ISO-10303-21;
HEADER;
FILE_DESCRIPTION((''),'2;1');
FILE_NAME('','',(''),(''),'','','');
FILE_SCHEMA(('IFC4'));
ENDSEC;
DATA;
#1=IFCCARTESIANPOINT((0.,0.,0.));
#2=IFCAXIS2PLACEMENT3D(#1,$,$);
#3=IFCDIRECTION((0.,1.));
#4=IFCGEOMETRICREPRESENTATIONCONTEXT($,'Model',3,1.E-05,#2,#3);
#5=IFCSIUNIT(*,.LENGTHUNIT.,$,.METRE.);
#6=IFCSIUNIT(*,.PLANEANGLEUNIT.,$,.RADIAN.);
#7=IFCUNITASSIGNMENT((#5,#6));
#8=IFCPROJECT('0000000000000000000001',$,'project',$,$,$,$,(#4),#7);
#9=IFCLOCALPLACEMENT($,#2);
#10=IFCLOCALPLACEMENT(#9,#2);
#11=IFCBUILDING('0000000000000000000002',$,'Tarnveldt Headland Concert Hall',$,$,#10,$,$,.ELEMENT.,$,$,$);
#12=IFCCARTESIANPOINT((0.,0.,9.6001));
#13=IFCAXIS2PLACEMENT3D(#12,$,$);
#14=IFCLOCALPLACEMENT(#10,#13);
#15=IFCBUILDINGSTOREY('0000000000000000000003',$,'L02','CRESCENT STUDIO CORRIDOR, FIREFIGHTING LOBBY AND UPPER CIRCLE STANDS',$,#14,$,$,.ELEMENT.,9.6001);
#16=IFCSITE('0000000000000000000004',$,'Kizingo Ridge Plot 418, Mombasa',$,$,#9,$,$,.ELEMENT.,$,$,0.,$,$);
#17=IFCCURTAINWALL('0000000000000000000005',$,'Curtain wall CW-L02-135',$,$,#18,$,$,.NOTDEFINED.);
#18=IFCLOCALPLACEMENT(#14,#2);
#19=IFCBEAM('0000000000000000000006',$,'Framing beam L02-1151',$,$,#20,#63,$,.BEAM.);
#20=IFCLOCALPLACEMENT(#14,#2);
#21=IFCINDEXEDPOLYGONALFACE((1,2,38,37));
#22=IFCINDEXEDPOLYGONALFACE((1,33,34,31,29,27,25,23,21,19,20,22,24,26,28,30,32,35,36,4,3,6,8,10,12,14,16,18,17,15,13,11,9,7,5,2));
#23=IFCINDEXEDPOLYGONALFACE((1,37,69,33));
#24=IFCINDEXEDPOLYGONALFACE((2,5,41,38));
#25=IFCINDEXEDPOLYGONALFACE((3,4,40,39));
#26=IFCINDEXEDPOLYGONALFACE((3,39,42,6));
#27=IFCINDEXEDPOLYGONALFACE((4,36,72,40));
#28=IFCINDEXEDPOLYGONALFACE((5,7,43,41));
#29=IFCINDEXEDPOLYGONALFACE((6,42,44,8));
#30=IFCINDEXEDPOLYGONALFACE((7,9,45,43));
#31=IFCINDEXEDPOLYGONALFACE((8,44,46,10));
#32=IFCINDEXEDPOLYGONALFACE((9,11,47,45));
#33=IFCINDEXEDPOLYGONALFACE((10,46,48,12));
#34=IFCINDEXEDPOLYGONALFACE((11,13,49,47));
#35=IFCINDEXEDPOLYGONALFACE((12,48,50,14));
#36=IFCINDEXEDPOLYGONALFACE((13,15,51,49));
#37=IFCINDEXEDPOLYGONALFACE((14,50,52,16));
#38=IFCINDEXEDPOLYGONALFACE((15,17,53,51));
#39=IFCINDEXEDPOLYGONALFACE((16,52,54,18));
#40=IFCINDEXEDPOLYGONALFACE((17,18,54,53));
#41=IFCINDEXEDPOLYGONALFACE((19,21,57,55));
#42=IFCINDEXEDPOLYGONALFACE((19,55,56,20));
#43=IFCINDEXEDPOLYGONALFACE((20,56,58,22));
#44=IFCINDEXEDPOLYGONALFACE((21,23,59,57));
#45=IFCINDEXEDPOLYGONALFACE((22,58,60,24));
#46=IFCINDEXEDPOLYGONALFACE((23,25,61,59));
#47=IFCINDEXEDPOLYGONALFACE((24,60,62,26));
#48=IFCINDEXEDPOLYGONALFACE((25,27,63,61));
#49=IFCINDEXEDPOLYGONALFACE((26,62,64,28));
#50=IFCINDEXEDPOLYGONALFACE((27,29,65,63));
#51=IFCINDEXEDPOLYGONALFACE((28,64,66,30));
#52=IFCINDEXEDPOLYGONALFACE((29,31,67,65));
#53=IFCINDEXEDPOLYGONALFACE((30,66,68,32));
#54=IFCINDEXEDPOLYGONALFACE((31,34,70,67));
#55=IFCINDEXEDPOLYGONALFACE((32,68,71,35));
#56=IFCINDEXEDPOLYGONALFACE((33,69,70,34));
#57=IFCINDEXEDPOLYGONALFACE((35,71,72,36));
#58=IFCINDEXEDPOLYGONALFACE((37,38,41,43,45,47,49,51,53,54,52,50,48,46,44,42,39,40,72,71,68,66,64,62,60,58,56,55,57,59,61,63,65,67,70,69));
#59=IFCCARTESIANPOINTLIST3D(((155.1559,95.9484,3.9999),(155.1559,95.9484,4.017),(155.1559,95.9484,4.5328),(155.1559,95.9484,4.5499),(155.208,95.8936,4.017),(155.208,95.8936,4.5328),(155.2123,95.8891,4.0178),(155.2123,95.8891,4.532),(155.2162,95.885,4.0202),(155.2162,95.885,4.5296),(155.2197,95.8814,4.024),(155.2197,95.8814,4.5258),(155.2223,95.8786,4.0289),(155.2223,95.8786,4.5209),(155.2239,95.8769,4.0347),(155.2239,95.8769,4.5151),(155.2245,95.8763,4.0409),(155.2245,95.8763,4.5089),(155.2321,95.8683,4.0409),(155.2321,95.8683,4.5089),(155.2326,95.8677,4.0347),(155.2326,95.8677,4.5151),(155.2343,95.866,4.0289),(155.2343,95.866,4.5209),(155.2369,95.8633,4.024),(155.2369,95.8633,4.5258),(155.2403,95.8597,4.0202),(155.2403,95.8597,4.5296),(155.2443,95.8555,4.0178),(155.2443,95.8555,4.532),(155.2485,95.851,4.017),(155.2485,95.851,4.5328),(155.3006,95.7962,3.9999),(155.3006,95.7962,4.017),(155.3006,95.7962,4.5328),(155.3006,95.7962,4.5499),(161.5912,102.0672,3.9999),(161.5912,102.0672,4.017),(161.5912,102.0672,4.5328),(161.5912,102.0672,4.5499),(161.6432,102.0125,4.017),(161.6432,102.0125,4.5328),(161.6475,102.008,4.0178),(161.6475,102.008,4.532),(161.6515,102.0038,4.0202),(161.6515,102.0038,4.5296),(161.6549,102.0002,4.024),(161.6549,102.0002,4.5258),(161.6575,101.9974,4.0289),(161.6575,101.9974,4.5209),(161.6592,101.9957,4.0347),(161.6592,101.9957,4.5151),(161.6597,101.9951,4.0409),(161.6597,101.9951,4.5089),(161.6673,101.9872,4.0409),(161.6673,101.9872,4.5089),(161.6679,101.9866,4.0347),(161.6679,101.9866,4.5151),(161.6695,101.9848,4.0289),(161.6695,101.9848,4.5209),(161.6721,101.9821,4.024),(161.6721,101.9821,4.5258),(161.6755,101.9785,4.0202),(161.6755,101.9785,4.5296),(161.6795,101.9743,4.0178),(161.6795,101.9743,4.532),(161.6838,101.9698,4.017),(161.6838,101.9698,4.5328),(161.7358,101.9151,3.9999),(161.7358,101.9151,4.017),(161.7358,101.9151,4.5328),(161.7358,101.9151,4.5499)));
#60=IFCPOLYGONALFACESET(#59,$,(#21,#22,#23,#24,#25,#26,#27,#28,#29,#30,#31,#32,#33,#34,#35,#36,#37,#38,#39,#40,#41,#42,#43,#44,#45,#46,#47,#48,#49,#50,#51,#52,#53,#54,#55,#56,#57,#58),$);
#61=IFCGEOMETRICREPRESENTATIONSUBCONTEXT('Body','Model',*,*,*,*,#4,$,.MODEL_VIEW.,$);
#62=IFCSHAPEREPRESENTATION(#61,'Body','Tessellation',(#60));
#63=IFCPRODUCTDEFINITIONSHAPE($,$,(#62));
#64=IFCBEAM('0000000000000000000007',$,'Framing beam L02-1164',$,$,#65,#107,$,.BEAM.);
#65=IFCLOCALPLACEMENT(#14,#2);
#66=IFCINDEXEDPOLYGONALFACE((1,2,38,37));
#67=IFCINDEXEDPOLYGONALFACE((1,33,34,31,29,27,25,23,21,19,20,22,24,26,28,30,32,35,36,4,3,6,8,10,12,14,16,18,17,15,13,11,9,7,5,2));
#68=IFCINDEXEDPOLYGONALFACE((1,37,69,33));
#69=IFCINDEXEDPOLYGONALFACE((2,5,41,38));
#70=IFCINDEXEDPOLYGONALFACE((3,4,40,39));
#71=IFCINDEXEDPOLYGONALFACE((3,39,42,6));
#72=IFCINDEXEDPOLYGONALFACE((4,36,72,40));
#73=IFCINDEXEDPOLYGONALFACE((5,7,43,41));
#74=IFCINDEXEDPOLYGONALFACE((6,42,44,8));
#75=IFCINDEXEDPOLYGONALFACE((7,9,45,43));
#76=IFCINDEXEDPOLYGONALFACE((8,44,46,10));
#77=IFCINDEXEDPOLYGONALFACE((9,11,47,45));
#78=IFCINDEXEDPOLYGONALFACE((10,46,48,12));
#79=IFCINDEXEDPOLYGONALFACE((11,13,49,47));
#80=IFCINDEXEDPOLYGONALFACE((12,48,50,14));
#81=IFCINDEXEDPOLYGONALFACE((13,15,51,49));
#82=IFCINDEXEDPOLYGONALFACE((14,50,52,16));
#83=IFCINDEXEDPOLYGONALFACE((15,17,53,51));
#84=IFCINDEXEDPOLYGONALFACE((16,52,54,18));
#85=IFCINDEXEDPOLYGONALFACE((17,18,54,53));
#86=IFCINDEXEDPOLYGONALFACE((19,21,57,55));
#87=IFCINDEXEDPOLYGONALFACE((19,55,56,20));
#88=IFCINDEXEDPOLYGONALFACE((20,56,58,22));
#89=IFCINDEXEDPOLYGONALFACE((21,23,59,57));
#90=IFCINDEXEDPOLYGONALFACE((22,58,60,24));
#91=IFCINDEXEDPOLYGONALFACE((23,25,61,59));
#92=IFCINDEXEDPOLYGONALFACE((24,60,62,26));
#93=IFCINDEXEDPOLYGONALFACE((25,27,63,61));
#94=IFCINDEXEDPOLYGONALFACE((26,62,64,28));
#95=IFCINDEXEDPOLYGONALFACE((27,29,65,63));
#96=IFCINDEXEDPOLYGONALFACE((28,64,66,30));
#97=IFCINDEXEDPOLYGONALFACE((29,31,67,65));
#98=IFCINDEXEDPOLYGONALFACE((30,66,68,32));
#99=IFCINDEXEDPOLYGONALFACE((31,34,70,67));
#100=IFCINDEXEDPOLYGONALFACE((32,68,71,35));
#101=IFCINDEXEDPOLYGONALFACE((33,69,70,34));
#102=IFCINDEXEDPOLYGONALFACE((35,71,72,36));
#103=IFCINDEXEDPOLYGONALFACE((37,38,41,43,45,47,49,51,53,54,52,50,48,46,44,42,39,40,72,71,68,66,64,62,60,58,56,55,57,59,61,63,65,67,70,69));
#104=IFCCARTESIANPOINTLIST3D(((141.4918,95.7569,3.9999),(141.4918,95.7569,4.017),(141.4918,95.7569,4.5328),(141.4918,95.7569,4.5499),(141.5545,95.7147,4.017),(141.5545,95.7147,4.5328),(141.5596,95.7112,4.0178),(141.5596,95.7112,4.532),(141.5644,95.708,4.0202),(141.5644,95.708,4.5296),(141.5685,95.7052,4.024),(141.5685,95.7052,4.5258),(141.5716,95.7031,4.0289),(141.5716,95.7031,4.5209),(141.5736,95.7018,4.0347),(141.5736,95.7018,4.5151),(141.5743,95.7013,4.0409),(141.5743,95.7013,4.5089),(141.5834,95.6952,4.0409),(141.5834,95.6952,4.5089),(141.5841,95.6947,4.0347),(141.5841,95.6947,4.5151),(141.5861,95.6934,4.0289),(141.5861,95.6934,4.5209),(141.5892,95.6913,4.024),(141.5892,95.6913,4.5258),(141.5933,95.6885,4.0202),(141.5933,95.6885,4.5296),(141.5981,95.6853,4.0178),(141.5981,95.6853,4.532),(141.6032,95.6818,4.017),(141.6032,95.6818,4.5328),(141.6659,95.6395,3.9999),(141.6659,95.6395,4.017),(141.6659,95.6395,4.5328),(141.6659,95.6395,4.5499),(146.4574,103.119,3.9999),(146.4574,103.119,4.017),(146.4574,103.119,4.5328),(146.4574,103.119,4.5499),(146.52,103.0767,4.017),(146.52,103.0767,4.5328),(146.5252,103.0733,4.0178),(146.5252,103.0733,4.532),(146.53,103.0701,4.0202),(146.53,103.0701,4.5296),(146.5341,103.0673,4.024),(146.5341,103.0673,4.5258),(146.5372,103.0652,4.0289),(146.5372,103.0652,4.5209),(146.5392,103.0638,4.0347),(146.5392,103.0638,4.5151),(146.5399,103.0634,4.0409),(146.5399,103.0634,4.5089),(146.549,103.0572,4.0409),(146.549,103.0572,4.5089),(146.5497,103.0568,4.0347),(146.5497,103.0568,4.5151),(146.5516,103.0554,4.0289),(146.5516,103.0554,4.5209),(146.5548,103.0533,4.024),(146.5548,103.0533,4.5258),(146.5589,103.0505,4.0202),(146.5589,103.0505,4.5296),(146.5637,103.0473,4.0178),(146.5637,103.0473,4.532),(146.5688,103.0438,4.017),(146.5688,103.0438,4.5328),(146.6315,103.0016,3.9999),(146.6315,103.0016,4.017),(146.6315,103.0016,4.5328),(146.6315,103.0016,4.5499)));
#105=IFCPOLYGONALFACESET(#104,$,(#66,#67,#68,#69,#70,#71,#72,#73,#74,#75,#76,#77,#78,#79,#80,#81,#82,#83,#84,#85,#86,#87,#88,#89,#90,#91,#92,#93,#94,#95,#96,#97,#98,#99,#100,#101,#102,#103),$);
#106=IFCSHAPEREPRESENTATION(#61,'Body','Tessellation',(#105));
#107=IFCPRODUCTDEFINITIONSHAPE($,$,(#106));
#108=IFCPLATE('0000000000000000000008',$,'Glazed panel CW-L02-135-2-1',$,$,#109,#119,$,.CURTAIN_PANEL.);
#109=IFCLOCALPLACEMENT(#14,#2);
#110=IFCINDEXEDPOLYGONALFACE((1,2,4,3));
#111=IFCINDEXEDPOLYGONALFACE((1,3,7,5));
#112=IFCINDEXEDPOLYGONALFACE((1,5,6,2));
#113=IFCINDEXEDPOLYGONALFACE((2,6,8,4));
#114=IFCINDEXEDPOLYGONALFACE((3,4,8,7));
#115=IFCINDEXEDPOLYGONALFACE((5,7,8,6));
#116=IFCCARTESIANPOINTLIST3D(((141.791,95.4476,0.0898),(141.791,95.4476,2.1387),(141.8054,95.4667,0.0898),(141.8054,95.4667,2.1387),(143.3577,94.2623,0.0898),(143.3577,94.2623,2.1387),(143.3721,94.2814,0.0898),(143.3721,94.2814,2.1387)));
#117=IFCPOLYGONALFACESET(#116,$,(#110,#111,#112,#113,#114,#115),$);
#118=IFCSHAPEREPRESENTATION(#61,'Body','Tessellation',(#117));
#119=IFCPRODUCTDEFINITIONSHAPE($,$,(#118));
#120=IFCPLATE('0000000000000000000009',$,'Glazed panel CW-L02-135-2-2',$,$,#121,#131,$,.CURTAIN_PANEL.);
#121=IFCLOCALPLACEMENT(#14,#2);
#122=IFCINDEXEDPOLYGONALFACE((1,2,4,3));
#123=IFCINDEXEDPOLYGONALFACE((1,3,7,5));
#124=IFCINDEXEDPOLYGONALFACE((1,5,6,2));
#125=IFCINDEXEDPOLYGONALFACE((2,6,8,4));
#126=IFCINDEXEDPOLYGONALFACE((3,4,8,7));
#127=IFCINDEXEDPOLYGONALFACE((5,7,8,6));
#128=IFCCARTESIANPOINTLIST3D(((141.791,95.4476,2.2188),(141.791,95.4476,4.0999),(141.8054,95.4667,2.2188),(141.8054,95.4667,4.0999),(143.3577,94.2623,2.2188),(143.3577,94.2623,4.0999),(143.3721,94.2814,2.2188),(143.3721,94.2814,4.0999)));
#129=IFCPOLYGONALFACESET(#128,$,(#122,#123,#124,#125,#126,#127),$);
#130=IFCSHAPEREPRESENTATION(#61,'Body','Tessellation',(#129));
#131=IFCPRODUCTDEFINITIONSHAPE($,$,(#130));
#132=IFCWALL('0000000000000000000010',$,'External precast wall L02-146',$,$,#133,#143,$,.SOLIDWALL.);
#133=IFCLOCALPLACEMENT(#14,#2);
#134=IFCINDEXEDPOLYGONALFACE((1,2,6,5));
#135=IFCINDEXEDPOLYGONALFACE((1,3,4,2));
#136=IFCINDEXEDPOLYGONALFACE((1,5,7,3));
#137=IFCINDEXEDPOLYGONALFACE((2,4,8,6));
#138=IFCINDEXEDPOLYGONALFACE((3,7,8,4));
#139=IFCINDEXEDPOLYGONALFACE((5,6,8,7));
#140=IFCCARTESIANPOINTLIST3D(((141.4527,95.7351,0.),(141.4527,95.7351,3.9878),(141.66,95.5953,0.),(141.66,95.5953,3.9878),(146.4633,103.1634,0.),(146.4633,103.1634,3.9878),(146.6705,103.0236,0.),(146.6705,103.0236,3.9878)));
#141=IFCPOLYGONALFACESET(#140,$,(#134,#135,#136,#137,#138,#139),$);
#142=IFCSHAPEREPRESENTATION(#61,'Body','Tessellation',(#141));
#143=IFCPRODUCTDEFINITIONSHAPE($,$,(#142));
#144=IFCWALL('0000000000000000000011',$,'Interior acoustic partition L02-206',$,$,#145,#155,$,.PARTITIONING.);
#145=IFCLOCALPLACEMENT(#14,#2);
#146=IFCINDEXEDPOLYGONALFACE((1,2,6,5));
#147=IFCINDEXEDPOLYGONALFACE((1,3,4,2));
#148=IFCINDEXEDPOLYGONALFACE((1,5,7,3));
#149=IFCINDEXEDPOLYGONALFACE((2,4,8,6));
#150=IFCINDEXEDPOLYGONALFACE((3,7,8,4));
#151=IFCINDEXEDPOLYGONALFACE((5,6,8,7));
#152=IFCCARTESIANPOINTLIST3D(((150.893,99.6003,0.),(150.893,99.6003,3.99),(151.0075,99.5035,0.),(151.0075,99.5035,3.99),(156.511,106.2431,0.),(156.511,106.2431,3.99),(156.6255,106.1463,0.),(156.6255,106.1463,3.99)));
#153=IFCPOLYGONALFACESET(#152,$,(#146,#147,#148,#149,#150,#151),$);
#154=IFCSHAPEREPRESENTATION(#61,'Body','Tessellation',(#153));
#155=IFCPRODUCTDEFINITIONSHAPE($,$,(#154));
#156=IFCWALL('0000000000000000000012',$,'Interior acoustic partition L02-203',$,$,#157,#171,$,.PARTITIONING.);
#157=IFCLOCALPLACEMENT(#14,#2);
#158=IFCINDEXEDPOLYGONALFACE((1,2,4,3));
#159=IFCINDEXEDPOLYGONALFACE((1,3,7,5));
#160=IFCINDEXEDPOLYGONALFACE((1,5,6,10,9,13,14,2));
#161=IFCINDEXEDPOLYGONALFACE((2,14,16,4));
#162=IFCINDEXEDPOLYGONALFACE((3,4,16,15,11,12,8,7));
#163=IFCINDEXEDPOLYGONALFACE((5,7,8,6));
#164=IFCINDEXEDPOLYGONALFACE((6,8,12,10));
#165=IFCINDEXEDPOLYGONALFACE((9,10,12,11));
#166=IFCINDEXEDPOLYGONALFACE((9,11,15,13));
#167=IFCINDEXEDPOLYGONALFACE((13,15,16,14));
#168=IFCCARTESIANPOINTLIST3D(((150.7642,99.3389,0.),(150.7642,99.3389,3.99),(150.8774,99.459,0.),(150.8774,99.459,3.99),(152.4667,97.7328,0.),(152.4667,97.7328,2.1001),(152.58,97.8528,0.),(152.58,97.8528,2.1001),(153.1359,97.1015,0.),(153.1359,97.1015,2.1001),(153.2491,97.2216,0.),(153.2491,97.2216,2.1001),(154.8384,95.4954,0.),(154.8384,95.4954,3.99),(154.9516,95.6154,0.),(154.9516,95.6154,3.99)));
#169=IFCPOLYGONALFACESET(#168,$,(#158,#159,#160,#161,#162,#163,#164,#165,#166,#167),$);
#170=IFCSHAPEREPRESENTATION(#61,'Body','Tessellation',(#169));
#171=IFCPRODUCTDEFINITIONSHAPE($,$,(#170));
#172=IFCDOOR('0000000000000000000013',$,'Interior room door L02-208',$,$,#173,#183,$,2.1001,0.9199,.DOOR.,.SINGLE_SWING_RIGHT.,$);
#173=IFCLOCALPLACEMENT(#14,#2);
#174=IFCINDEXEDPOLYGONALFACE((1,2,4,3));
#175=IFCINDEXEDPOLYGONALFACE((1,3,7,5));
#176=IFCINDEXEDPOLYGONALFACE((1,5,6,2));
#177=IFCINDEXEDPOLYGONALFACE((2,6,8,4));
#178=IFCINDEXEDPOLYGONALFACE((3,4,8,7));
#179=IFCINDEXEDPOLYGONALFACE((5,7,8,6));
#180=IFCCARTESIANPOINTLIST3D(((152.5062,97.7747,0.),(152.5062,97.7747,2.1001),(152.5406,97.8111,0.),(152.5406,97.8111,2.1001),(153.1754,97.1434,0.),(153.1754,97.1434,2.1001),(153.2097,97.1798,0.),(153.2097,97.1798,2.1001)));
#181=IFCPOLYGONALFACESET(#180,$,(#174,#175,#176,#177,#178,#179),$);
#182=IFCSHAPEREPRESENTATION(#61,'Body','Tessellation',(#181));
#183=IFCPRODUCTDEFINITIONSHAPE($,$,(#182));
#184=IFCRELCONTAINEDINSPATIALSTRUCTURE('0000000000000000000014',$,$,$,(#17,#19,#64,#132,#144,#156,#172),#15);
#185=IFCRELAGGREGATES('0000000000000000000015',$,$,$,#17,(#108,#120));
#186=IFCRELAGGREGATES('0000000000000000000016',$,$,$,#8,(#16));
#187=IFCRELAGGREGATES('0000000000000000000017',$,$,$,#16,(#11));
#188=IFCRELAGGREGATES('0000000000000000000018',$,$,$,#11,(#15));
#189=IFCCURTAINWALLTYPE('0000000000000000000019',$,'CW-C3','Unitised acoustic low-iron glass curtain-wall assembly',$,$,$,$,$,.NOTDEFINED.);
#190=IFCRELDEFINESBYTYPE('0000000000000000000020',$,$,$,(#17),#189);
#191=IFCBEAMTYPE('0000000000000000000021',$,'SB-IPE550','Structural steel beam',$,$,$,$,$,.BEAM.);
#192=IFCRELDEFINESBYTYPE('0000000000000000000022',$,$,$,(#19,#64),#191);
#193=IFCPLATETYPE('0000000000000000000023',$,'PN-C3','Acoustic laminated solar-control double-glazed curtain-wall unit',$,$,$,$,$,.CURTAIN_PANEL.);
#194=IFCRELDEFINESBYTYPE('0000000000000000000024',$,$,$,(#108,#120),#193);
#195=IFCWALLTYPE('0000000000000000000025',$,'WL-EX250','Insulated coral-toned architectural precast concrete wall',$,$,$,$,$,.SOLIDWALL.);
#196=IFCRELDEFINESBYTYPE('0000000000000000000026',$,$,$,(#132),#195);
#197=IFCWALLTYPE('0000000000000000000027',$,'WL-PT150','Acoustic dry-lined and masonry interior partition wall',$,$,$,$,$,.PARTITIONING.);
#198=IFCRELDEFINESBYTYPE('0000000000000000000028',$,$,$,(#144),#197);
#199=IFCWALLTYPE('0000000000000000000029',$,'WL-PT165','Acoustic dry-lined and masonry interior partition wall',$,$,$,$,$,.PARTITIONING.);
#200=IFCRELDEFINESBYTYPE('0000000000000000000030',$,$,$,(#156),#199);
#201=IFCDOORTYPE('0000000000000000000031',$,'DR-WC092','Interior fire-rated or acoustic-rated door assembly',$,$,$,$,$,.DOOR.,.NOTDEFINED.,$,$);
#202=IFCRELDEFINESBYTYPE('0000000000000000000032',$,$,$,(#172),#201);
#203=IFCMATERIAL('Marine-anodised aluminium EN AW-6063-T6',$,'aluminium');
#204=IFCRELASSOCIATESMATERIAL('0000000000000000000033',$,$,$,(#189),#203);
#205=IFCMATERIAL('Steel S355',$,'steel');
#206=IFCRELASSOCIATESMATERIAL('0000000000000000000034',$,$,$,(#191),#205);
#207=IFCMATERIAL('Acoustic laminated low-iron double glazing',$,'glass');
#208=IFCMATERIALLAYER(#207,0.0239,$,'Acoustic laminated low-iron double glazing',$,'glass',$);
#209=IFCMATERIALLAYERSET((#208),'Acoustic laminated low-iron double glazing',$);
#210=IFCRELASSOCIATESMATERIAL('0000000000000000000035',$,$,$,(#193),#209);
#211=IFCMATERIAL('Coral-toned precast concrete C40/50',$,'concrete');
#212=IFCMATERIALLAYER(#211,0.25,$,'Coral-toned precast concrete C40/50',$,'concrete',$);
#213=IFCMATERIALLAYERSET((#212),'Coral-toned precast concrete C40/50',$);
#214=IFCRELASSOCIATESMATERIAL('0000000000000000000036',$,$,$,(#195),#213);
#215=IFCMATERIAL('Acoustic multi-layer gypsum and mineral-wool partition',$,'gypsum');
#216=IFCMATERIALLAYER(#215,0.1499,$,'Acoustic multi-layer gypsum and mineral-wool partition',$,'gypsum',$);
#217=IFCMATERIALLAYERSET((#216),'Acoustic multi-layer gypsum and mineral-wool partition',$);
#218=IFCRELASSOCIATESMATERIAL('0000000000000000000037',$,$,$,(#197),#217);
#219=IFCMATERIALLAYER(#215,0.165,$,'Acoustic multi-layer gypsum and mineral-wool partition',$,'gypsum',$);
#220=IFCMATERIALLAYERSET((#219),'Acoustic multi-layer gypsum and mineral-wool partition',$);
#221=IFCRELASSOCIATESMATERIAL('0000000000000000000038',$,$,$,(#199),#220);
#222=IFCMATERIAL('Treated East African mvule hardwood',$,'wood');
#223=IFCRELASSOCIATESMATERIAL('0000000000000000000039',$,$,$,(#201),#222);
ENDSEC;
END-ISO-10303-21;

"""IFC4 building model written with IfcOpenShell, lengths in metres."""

from ifc_helpers import new_model, si_unit, direction, frame, frame_2d, origin, origin_2d, place, context, subcontext, project, spatial, rectangle, i_section, extrude, material, layer, layer_set, material_profile, profile_set, type_object, element, fill, aggregate, save


model = new_model("IFC4")

# Units and contexts
model_context = context("Model", 3, precision=1e-05, world=origin(), true_north=direction((0.0, 1.0)))
body_context = subcontext(model_context, "Body", "Model", "MODEL_VIEW")
ifc_project = project(units=[si_unit("LENGTHUNIT", "METRE"), si_unit("PLANEANGLEUNIT", "RADIAN")], contexts=[model_context])

# Site, building, storey
site_placement = place(None, origin())
site = spatial("IfcSite", under=ifc_project, at=site_placement, Name="Kizingo Ridge Plot 418, Mombasa", CompositionType="ELEMENT", RefElevation=0.0)
building_placement = place(site_placement, origin())
building = spatial("IfcBuilding", under=site, at=building_placement, Name="Tarnveldt Headland Concert Hall", CompositionType="ELEMENT")
storey_placement = place(building_placement, frame((0.0, 0.0, 9.6001)))
storey = spatial("IfcBuildingStorey", under=building, at=storey_placement, Name="L02", Description="CRESCENT STUDIO CORRIDOR, FIREFIGHTING LOBBY AND UPPER CIRCLE STANDS", CompositionType="ELEMENT", Elevation=9.6001)

# Shared definitions
ifc_material_1 = material(Name="Steel S355", Category="steel")

# Curtain wall
ifc_material_2 = material(Name="Marine-anodised aluminium EN AW-6063-T6", Category="aluminium")
curtain_wall_type = type_object("IfcCurtainWallType", Name="CW-C3", Description="Unitised acoustic low-iron glass curtain-wall assembly", PredefinedType="NOTDEFINED", material=ifc_material_2)
curtain_wall_placement = place(storey_placement, origin())
curtain_wall = element("IfcCurtainWall", 1, at=curtain_wall_placement, inside=storey, type_object=curtain_wall_type, Name="Curtain wall CW-L02-135", PredefinedType="NOTDEFINED")

# Beams
ifc_material_profile_1 = material_profile(ifc_material_1, i_section(OverallWidth=0.21, OverallDepth=0.55, WebThickness=0.011, FlangeThickness=0.0171, FilletRadius=0.0239, at=origin_2d()), Name="IPE550", Category="steel")
ifc_profile_set_1 = profile_set([ifc_material_profile_1], Name="Steel S355")
beam_type_1 = type_object("IfcBeamType", Name="SB-IPE550", Description="Structural steel beam", PredefinedType="BEAM", material=ifc_profile_set_1)
beam_1_placement = place(storey_placement, frame((155.2283, 95.8723, 4.2749), z_axis=(0.724698, 0.689067, 0.0), x_axis=(-0.689067, 0.724698, 0.0)))
element("IfcBeam", 2, at=beam_1_placement, inside=storey, type_object=beam_type_1, Name="Framing beam L02-1151", PredefinedType="BEAM", context=body_context, shape_type="SweptSolid", body=[
    extrude(i_section(OverallWidth=0.21, OverallDepth=0.55, WebThickness=0.011, FlangeThickness=0.0171, FilletRadius=0.0239, at=origin_2d()), origin(), (0.0, 0.0, 1.0), 8.8799),
])
beam_2_placement = place(storey_placement, frame((141.5789, 95.6982, 4.2749), z_axis=(0.559178, 0.829048, 0.0), x_axis=(-0.829048, 0.559178, 0.0)))
element("IfcBeam", 3, at=beam_2_placement, inside=storey, type_object=beam_type_1, Name="Framing beam L02-1164", PredefinedType="BEAM", context=body_context, shape_type="SweptSolid", body=[
    extrude(i_section(OverallWidth=0.21, OverallDepth=0.55, WebThickness=0.011, FlangeThickness=0.0171, FilletRadius=0.0239, at=origin_2d()), origin(), (0.0, 0.0, 1.0), 8.8801),
])

# Plates
ifc_material_3 = material(Name="Acoustic laminated low-iron double glazing", Category="glass")
ifc_layer_1 = layer(ifc_material_3, 0.0239, Name="Acoustic laminated low-iron double glazing", Category="glass")
ifc_layer_set_1 = layer_set([ifc_layer_1], Name="Acoustic laminated low-iron double glazing")
plate_type = type_object("IfcPlateType", Name="PN-C3", Description="Acoustic laminated solar-control double-glazed curtain-wall unit", PredefinedType="CURTAIN_PANEL", material=ifc_layer_set_1)
plate_1_placement = place(storey_placement, frame((142.5815, 94.8645, 0.0898), z_axis=(0.0, 0.0, 1.0), x_axis=(-0.797479, 0.603347, 0.0)))
plate_1 = element("IfcPlate", 4, at=plate_1_placement, type_object=plate_type, Name="Glazed panel CW-L02-135-2-1", PredefinedType="CURTAIN_PANEL", context=body_context, shape_type="SweptSolid", body=[
    extrude(rectangle(XDim=1.9646, YDim=0.0239, at=origin_2d()), origin(), (0.0, 0.0, 1.0), 2.0488),
])
plate_2_placement = place(storey_placement, frame((142.5815, 94.8645, 2.2188), z_axis=(0.0, 0.0, 1.0), x_axis=(-0.797479, 0.603347, 0.0)))
plate_2 = element("IfcPlate", 5, at=plate_2_placement, type_object=plate_type, Name="Glazed panel CW-L02-135-2-2", PredefinedType="CURTAIN_PANEL", context=body_context, shape_type="SweptSolid", body=[
    extrude(rectangle(XDim=1.9646, YDim=0.0239, at=origin_2d()), origin(), (0.0, 0.0, 1.0), 1.8811),
])
aggregate(curtain_wall, [plate_1, plate_2])

# Walls
ifc_material_4 = material(Name="Coral-toned precast concrete C40/50", Category="concrete")
ifc_layer_2 = layer(ifc_material_4, 0.25, Name="Coral-toned precast concrete C40/50", Category="concrete")
ifc_layer_set_2 = layer_set([ifc_layer_2], Name="Coral-toned precast concrete C40/50")
wall_type_1 = type_object("IfcWallType", Name="WL-EX250", Description="Insulated coral-toned architectural precast concrete wall", PredefinedType="SOLIDWALL", material=ifc_layer_set_2)
wall_1_placement = place(storey_placement, frame((141.5564, 95.6653, 0.0), z_axis=(0.0, 0.0, 1.0), x_axis=(0.5592, 0.829032, 0.0)))
element("IfcWall", 6, at=wall_1_placement, inside=storey, type_object=wall_type_1, Name="External precast wall L02-146", PredefinedType="SOLIDWALL", context=body_context, shape_type="SweptSolid", body=[
    extrude(rectangle(XDim=8.9602, YDim=0.25, at=frame_2d((4.48, 0.0))), origin(), (0.0, 0.0, 1.0), 3.9878),
])
ifc_material_5 = material(Name="Acoustic multi-layer gypsum and mineral-wool partition", Category="gypsum")
ifc_layer_3 = layer(ifc_material_5, 0.1499, Name="Acoustic multi-layer gypsum and mineral-wool partition", Category="gypsum")
ifc_layer_set_3 = layer_set([ifc_layer_3], Name="Acoustic multi-layer gypsum and mineral-wool partition")
wall_type_2 = type_object("IfcWallType", Name="WL-PT150", Description="Acoustic dry-lined and masonry interior partition wall", PredefinedType="PARTITIONING", material=ifc_layer_set_3)
wall_2_placement = place(storey_placement, frame((150.9502, 99.5518, 0.0), z_axis=(0.0, 0.0, 1.0), x_axis=(0.645746, 0.763552, 0.0)))
element("IfcWall", 7, at=wall_2_placement, inside=storey, type_object=wall_type_2, Name="Interior acoustic partition L02-206", PredefinedType="PARTITIONING", context=body_context, shape_type="SweptSolid", body=[
    extrude(rectangle(XDim=8.7, YDim=0.1499, at=frame_2d((4.3501, 0.0))), origin(), (0.0, 0.0, 1.0), 3.99),
])

# Wall, opening, door
ifc_layer_4 = layer(ifc_material_5, 0.165, Name="Acoustic multi-layer gypsum and mineral-wool partition", Category="gypsum")
ifc_layer_set_4 = layer_set([ifc_layer_4], Name="Acoustic multi-layer gypsum and mineral-wool partition")
wall_type_3 = type_object("IfcWallType", Name="WL-PT165", Description="Acoustic dry-lined and masonry interior partition wall", PredefinedType="PARTITIONING", material=ifc_layer_set_4)
wall_3_placement = place(storey_placement, frame((154.895, 95.5554, 0.0), z_axis=(0.0, 0.0, 1.0), x_axis=(-0.727402, 0.686211, 0.0)))
wall_3 = element("IfcWall", 8, at=wall_3_placement, inside=storey, type_object=wall_type_3, Name="Interior acoustic partition L02-203", PredefinedType="PARTITIONING", context=body_context, shape_type="SweptSolid", body=[
    extrude(rectangle(XDim=5.6011, YDim=0.165, at=frame_2d((2.8005, 0.0))), origin(), (0.0, 0.0, 1.0), 3.99),
])
opening_1_placement = place(wall_3_placement, frame((2.3406, 0.0, 0.0)))
opening_1 = element("IfcOpeningElement", 9, at=opening_1_placement, cuts=wall_3, PredefinedType="OPENING", context=body_context, shape_type="SweptSolid", body=[
    extrude(rectangle(XDim=0.9199, YDim=2.1001, at=frame_2d((0.46, 1.05))), frame((0.0, 0.0925, 0.0), z_axis=(0.0, -1.0, 0.0), x_axis=(1.0, 0.0, 0.0)), (0.0, 0.0, 1.0), 0.1851),
])
ifc_material_6 = material(Name="Treated East African mvule hardwood", Category="wood")
door_type_1 = type_object("IfcDoorType", Name="DR-WC092", Description="Interior fire-rated or acoustic-rated door assembly", OperationType="NOTDEFINED", PredefinedType="DOOR", material=ifc_material_6)
door_1_placement = place(opening_1_placement, origin())
door_1 = element("IfcDoor", 10, at=door_1_placement, inside=storey, type_object=door_type_1, Name="Interior room door L02-208", OperationType="SINGLE_SWING_RIGHT", OverallHeight=2.1001, OverallWidth=0.9199, PredefinedType="DOOR", context=body_context, shape_type="SweptSolid", body=[
    extrude(rectangle(XDim=0.9199, YDim=2.1001, at=frame_2d((0.46, 1.05))), frame((0.0, 0.0249, 0.0), z_axis=(0.0, -1.0, 0.0), x_axis=(1.0, 0.0, 0.0)), (0.0, 0.0, 1.0), 0.05),
])
fill(opening_1, door_1)

save(model, "model.ifc")
